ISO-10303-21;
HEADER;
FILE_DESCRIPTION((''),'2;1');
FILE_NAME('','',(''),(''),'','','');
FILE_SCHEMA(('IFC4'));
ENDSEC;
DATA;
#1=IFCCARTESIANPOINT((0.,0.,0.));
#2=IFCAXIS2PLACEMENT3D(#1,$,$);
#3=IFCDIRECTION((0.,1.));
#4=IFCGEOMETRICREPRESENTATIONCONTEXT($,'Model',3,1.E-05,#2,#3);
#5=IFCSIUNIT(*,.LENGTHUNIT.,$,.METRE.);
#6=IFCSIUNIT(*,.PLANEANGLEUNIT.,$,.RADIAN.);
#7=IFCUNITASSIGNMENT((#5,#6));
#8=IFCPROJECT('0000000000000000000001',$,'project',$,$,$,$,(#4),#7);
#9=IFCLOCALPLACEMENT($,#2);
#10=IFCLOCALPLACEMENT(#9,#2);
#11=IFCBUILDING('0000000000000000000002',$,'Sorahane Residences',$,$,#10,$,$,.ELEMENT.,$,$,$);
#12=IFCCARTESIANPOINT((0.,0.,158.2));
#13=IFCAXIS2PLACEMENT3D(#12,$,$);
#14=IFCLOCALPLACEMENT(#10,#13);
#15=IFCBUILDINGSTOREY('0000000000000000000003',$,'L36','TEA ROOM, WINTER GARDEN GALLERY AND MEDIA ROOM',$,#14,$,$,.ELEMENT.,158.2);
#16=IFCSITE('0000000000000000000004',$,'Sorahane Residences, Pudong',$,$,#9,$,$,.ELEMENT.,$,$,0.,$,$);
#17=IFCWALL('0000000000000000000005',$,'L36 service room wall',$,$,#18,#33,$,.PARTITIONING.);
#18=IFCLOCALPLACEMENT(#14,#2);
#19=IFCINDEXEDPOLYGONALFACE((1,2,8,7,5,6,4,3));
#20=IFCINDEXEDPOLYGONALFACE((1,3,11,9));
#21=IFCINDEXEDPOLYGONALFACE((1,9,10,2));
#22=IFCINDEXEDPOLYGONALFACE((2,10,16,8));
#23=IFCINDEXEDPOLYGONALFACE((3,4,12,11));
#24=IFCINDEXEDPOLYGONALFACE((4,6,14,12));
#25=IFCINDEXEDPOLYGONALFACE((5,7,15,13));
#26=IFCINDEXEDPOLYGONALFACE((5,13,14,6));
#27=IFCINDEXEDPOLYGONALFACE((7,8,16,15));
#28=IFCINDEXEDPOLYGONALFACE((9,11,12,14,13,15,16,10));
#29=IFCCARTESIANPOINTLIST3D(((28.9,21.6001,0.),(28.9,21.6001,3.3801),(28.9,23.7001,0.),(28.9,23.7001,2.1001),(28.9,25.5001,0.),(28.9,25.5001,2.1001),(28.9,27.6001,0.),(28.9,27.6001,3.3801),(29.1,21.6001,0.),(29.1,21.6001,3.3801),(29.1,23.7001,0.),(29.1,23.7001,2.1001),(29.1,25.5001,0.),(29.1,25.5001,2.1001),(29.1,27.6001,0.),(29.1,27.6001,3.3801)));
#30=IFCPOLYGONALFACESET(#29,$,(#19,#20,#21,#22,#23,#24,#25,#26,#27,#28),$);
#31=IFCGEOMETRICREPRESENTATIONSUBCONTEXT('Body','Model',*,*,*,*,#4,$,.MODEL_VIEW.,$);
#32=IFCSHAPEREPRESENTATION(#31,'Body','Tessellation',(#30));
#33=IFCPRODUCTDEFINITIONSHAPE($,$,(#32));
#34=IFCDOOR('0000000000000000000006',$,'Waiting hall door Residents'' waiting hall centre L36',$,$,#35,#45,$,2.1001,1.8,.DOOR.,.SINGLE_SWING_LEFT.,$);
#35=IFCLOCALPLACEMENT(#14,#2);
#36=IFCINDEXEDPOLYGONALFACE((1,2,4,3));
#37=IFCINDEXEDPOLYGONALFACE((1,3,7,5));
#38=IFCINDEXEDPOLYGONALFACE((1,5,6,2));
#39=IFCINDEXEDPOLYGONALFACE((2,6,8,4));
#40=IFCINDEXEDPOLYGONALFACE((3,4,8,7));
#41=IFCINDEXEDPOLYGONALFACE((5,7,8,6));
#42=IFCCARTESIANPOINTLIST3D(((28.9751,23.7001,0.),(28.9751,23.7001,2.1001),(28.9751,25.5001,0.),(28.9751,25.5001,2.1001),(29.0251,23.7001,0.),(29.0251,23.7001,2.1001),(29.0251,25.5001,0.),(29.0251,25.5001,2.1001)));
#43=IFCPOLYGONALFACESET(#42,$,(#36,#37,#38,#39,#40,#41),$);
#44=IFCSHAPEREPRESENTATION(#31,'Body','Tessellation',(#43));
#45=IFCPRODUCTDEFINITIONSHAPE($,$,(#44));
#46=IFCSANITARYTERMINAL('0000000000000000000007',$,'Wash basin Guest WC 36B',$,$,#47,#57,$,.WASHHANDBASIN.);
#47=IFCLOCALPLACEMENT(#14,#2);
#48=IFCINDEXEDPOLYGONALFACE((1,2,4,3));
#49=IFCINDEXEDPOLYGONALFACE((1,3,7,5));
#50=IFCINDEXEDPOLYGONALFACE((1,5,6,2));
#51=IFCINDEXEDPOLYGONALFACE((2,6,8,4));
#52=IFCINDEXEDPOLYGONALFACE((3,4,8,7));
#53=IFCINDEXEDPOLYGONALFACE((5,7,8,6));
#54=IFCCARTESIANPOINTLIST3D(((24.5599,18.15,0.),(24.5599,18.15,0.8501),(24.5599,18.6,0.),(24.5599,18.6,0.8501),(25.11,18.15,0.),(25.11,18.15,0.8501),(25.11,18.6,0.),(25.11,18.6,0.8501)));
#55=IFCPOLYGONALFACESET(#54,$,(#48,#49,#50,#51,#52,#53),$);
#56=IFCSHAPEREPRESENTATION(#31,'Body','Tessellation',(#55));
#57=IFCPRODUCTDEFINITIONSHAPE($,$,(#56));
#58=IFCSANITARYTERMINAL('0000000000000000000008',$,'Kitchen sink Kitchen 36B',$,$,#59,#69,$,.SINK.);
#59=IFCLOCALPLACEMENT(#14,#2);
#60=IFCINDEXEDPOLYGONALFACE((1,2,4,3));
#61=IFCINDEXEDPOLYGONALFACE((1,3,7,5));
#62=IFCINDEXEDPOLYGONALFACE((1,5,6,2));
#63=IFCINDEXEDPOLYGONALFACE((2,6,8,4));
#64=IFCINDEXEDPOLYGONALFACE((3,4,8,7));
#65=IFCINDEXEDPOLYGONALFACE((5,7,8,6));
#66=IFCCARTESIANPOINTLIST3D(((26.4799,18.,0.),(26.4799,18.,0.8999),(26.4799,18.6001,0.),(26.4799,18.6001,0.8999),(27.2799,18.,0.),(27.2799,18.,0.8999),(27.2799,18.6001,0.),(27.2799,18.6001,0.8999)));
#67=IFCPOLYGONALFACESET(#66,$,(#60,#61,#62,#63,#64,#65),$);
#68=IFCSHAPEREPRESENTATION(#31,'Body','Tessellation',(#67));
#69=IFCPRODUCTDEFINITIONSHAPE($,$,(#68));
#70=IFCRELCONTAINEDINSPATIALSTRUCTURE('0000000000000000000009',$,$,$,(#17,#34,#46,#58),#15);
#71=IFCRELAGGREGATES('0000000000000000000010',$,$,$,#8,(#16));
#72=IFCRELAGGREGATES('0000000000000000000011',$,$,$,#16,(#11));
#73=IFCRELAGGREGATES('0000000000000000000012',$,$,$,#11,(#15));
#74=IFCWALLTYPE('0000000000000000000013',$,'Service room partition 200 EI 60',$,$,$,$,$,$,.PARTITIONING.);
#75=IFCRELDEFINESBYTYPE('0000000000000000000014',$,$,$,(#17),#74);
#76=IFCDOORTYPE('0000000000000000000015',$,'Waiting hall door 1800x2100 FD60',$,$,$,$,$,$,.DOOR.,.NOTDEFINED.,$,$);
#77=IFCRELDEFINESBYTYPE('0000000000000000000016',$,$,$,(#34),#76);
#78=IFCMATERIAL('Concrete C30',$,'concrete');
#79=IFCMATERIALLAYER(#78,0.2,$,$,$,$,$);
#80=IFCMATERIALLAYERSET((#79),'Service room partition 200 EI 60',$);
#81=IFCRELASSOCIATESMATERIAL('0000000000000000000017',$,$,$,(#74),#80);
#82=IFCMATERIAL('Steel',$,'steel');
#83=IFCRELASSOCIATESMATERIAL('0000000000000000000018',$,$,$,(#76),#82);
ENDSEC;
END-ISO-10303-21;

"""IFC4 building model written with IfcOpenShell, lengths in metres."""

from ifc_helpers import new_model, si_unit, direction, frame, frame_2d, origin, origin_2d, place, context, subcontext, project, spatial, rectangle, extrude, material, layer, layer_set, type_object, element, fill, save


model = new_model("IFC4")

# Units and contexts
model_context = context("Model", 3, precision=1e-05, world=origin(), true_north=direction((0.0, 1.0)))
body_context = subcontext(model_context, "Body", "Model", "MODEL_VIEW")
ifc_project = project(units=[si_unit("LENGTHUNIT", "METRE"), si_unit("PLANEANGLEUNIT", "RADIAN")], contexts=[model_context])

# Site, building, storey
site_placement = place(None, origin())
site = spatial("IfcSite", under=ifc_project, at=site_placement, Name="Sorahane Residences, Pudong", CompositionType="ELEMENT", RefElevation=0.0)
building_placement = place(site_placement, origin())
building = spatial("IfcBuilding", under=site, at=building_placement, Name="Sorahane Residences", CompositionType="ELEMENT")
storey_placement = place(building_placement, frame((0.0, 0.0, 158.2)))
storey = spatial("IfcBuildingStorey", under=building, at=storey_placement, Name="L36", Description="TEA ROOM, WINTER GARDEN GALLERY AND MEDIA ROOM", CompositionType="ELEMENT", Elevation=158.2)

# Wall, opening, door
ifc_material_1 = material(Name="Concrete C30", Category="concrete")
ifc_layer_1 = layer(ifc_material_1, 0.2)
ifc_layer_set_1 = layer_set([ifc_layer_1], Name="Service room partition 200 EI 60")
wall_type_1 = type_object("IfcWallType", Name="Service room partition 200 EI 60", PredefinedType="PARTITIONING", material=ifc_layer_set_1)
wall_1_placement = place(storey_placement, frame((29.0, 21.6001, 0.0), z_axis=(0.0, 0.0, 1.0), x_axis=(0.0, 1.0, 0.0)))
wall_1 = element("IfcWall", 1, at=wall_1_placement, inside=storey, type_object=wall_type_1, Name="L36 service room wall", PredefinedType="PARTITIONING", context=body_context, shape_type="SweptSolid", body=[
    extrude(rectangle(XDim=6.0, YDim=0.2, at=frame_2d((3.0, 0.0))), origin(), (0.0, 0.0, 1.0), 3.3801),
])
opening_1_placement = place(wall_1_placement, frame((2.1001, 0.0, 0.0)))
opening_1 = element("IfcOpeningElement", 2, at=opening_1_placement, cuts=wall_1, PredefinedType="OPENING", context=body_context, shape_type="SweptSolid", body=[
    extrude(rectangle(XDim=1.8, YDim=2.1001, at=frame_2d((0.8999, 1.05))), frame((0.0, 0.1099, 0.0), z_axis=(0.0, -1.0, 0.0), x_axis=(1.0, 0.0, 0.0)), (0.0, 0.0, 1.0), 0.22),
])
ifc_material_2 = material(Name="Steel", Category="steel")
door_type_1 = type_object("IfcDoorType", Name="Waiting hall door 1800x2100 FD60", OperationType="NOTDEFINED", PredefinedType="DOOR", material=ifc_material_2)
door_1_placement = place(opening_1_placement, origin())
door_1 = element("IfcDoor", 3, at=door_1_placement, inside=storey, type_object=door_type_1, Name="Waiting hall door Residents' waiting hall centre L36", OperationType="SINGLE_SWING_LEFT", OverallHeight=2.1001, OverallWidth=1.8, PredefinedType="DOOR", context=body_context, shape_type="SweptSolid", body=[
    extrude(rectangle(XDim=1.8, YDim=2.1001, at=frame_2d((0.8999, 1.05))), frame((0.0, 0.0249, 0.0), z_axis=(0.0, -1.0, 0.0), x_axis=(1.0, 0.0, 0.0)), (0.0, 0.0, 1.0), 0.05),
])
fill(opening_1, door_1)

# Sanitary terminals
sanitary_terminal_1_placement = place(storey_placement, frame((24.835, 18.375, 0.0), z_axis=(0.0, 0.0, 1.0), x_axis=(1.0, 0.0, 0.0)))
element("IfcSanitaryTerminal", 4, at=sanitary_terminal_1_placement, inside=storey, Name="Wash basin Guest WC 36B", PredefinedType="WASHHANDBASIN", context=body_context, shape_type="SweptSolid", body=[
    extrude(rectangle(XDim=0.55, YDim=0.45, at=origin_2d()), origin(), (0.0, 0.0, 1.0), 0.8501),
])
sanitary_terminal_2_placement = place(storey_placement, frame((26.8799, 18.3, 0.0), z_axis=(0.0, 0.0, 1.0), x_axis=(1.0, 0.0, 0.0)))
element("IfcSanitaryTerminal", 5, at=sanitary_terminal_2_placement, inside=storey, Name="Kitchen sink Kitchen 36B", PredefinedType="SINK", context=body_context, shape_type="SweptSolid", body=[
    extrude(rectangle(XDim=0.8, YDim=0.6001, at=origin_2d()), origin(), (0.0, 0.0, 1.0), 0.8999),
])

save(model, "model.ifc")
